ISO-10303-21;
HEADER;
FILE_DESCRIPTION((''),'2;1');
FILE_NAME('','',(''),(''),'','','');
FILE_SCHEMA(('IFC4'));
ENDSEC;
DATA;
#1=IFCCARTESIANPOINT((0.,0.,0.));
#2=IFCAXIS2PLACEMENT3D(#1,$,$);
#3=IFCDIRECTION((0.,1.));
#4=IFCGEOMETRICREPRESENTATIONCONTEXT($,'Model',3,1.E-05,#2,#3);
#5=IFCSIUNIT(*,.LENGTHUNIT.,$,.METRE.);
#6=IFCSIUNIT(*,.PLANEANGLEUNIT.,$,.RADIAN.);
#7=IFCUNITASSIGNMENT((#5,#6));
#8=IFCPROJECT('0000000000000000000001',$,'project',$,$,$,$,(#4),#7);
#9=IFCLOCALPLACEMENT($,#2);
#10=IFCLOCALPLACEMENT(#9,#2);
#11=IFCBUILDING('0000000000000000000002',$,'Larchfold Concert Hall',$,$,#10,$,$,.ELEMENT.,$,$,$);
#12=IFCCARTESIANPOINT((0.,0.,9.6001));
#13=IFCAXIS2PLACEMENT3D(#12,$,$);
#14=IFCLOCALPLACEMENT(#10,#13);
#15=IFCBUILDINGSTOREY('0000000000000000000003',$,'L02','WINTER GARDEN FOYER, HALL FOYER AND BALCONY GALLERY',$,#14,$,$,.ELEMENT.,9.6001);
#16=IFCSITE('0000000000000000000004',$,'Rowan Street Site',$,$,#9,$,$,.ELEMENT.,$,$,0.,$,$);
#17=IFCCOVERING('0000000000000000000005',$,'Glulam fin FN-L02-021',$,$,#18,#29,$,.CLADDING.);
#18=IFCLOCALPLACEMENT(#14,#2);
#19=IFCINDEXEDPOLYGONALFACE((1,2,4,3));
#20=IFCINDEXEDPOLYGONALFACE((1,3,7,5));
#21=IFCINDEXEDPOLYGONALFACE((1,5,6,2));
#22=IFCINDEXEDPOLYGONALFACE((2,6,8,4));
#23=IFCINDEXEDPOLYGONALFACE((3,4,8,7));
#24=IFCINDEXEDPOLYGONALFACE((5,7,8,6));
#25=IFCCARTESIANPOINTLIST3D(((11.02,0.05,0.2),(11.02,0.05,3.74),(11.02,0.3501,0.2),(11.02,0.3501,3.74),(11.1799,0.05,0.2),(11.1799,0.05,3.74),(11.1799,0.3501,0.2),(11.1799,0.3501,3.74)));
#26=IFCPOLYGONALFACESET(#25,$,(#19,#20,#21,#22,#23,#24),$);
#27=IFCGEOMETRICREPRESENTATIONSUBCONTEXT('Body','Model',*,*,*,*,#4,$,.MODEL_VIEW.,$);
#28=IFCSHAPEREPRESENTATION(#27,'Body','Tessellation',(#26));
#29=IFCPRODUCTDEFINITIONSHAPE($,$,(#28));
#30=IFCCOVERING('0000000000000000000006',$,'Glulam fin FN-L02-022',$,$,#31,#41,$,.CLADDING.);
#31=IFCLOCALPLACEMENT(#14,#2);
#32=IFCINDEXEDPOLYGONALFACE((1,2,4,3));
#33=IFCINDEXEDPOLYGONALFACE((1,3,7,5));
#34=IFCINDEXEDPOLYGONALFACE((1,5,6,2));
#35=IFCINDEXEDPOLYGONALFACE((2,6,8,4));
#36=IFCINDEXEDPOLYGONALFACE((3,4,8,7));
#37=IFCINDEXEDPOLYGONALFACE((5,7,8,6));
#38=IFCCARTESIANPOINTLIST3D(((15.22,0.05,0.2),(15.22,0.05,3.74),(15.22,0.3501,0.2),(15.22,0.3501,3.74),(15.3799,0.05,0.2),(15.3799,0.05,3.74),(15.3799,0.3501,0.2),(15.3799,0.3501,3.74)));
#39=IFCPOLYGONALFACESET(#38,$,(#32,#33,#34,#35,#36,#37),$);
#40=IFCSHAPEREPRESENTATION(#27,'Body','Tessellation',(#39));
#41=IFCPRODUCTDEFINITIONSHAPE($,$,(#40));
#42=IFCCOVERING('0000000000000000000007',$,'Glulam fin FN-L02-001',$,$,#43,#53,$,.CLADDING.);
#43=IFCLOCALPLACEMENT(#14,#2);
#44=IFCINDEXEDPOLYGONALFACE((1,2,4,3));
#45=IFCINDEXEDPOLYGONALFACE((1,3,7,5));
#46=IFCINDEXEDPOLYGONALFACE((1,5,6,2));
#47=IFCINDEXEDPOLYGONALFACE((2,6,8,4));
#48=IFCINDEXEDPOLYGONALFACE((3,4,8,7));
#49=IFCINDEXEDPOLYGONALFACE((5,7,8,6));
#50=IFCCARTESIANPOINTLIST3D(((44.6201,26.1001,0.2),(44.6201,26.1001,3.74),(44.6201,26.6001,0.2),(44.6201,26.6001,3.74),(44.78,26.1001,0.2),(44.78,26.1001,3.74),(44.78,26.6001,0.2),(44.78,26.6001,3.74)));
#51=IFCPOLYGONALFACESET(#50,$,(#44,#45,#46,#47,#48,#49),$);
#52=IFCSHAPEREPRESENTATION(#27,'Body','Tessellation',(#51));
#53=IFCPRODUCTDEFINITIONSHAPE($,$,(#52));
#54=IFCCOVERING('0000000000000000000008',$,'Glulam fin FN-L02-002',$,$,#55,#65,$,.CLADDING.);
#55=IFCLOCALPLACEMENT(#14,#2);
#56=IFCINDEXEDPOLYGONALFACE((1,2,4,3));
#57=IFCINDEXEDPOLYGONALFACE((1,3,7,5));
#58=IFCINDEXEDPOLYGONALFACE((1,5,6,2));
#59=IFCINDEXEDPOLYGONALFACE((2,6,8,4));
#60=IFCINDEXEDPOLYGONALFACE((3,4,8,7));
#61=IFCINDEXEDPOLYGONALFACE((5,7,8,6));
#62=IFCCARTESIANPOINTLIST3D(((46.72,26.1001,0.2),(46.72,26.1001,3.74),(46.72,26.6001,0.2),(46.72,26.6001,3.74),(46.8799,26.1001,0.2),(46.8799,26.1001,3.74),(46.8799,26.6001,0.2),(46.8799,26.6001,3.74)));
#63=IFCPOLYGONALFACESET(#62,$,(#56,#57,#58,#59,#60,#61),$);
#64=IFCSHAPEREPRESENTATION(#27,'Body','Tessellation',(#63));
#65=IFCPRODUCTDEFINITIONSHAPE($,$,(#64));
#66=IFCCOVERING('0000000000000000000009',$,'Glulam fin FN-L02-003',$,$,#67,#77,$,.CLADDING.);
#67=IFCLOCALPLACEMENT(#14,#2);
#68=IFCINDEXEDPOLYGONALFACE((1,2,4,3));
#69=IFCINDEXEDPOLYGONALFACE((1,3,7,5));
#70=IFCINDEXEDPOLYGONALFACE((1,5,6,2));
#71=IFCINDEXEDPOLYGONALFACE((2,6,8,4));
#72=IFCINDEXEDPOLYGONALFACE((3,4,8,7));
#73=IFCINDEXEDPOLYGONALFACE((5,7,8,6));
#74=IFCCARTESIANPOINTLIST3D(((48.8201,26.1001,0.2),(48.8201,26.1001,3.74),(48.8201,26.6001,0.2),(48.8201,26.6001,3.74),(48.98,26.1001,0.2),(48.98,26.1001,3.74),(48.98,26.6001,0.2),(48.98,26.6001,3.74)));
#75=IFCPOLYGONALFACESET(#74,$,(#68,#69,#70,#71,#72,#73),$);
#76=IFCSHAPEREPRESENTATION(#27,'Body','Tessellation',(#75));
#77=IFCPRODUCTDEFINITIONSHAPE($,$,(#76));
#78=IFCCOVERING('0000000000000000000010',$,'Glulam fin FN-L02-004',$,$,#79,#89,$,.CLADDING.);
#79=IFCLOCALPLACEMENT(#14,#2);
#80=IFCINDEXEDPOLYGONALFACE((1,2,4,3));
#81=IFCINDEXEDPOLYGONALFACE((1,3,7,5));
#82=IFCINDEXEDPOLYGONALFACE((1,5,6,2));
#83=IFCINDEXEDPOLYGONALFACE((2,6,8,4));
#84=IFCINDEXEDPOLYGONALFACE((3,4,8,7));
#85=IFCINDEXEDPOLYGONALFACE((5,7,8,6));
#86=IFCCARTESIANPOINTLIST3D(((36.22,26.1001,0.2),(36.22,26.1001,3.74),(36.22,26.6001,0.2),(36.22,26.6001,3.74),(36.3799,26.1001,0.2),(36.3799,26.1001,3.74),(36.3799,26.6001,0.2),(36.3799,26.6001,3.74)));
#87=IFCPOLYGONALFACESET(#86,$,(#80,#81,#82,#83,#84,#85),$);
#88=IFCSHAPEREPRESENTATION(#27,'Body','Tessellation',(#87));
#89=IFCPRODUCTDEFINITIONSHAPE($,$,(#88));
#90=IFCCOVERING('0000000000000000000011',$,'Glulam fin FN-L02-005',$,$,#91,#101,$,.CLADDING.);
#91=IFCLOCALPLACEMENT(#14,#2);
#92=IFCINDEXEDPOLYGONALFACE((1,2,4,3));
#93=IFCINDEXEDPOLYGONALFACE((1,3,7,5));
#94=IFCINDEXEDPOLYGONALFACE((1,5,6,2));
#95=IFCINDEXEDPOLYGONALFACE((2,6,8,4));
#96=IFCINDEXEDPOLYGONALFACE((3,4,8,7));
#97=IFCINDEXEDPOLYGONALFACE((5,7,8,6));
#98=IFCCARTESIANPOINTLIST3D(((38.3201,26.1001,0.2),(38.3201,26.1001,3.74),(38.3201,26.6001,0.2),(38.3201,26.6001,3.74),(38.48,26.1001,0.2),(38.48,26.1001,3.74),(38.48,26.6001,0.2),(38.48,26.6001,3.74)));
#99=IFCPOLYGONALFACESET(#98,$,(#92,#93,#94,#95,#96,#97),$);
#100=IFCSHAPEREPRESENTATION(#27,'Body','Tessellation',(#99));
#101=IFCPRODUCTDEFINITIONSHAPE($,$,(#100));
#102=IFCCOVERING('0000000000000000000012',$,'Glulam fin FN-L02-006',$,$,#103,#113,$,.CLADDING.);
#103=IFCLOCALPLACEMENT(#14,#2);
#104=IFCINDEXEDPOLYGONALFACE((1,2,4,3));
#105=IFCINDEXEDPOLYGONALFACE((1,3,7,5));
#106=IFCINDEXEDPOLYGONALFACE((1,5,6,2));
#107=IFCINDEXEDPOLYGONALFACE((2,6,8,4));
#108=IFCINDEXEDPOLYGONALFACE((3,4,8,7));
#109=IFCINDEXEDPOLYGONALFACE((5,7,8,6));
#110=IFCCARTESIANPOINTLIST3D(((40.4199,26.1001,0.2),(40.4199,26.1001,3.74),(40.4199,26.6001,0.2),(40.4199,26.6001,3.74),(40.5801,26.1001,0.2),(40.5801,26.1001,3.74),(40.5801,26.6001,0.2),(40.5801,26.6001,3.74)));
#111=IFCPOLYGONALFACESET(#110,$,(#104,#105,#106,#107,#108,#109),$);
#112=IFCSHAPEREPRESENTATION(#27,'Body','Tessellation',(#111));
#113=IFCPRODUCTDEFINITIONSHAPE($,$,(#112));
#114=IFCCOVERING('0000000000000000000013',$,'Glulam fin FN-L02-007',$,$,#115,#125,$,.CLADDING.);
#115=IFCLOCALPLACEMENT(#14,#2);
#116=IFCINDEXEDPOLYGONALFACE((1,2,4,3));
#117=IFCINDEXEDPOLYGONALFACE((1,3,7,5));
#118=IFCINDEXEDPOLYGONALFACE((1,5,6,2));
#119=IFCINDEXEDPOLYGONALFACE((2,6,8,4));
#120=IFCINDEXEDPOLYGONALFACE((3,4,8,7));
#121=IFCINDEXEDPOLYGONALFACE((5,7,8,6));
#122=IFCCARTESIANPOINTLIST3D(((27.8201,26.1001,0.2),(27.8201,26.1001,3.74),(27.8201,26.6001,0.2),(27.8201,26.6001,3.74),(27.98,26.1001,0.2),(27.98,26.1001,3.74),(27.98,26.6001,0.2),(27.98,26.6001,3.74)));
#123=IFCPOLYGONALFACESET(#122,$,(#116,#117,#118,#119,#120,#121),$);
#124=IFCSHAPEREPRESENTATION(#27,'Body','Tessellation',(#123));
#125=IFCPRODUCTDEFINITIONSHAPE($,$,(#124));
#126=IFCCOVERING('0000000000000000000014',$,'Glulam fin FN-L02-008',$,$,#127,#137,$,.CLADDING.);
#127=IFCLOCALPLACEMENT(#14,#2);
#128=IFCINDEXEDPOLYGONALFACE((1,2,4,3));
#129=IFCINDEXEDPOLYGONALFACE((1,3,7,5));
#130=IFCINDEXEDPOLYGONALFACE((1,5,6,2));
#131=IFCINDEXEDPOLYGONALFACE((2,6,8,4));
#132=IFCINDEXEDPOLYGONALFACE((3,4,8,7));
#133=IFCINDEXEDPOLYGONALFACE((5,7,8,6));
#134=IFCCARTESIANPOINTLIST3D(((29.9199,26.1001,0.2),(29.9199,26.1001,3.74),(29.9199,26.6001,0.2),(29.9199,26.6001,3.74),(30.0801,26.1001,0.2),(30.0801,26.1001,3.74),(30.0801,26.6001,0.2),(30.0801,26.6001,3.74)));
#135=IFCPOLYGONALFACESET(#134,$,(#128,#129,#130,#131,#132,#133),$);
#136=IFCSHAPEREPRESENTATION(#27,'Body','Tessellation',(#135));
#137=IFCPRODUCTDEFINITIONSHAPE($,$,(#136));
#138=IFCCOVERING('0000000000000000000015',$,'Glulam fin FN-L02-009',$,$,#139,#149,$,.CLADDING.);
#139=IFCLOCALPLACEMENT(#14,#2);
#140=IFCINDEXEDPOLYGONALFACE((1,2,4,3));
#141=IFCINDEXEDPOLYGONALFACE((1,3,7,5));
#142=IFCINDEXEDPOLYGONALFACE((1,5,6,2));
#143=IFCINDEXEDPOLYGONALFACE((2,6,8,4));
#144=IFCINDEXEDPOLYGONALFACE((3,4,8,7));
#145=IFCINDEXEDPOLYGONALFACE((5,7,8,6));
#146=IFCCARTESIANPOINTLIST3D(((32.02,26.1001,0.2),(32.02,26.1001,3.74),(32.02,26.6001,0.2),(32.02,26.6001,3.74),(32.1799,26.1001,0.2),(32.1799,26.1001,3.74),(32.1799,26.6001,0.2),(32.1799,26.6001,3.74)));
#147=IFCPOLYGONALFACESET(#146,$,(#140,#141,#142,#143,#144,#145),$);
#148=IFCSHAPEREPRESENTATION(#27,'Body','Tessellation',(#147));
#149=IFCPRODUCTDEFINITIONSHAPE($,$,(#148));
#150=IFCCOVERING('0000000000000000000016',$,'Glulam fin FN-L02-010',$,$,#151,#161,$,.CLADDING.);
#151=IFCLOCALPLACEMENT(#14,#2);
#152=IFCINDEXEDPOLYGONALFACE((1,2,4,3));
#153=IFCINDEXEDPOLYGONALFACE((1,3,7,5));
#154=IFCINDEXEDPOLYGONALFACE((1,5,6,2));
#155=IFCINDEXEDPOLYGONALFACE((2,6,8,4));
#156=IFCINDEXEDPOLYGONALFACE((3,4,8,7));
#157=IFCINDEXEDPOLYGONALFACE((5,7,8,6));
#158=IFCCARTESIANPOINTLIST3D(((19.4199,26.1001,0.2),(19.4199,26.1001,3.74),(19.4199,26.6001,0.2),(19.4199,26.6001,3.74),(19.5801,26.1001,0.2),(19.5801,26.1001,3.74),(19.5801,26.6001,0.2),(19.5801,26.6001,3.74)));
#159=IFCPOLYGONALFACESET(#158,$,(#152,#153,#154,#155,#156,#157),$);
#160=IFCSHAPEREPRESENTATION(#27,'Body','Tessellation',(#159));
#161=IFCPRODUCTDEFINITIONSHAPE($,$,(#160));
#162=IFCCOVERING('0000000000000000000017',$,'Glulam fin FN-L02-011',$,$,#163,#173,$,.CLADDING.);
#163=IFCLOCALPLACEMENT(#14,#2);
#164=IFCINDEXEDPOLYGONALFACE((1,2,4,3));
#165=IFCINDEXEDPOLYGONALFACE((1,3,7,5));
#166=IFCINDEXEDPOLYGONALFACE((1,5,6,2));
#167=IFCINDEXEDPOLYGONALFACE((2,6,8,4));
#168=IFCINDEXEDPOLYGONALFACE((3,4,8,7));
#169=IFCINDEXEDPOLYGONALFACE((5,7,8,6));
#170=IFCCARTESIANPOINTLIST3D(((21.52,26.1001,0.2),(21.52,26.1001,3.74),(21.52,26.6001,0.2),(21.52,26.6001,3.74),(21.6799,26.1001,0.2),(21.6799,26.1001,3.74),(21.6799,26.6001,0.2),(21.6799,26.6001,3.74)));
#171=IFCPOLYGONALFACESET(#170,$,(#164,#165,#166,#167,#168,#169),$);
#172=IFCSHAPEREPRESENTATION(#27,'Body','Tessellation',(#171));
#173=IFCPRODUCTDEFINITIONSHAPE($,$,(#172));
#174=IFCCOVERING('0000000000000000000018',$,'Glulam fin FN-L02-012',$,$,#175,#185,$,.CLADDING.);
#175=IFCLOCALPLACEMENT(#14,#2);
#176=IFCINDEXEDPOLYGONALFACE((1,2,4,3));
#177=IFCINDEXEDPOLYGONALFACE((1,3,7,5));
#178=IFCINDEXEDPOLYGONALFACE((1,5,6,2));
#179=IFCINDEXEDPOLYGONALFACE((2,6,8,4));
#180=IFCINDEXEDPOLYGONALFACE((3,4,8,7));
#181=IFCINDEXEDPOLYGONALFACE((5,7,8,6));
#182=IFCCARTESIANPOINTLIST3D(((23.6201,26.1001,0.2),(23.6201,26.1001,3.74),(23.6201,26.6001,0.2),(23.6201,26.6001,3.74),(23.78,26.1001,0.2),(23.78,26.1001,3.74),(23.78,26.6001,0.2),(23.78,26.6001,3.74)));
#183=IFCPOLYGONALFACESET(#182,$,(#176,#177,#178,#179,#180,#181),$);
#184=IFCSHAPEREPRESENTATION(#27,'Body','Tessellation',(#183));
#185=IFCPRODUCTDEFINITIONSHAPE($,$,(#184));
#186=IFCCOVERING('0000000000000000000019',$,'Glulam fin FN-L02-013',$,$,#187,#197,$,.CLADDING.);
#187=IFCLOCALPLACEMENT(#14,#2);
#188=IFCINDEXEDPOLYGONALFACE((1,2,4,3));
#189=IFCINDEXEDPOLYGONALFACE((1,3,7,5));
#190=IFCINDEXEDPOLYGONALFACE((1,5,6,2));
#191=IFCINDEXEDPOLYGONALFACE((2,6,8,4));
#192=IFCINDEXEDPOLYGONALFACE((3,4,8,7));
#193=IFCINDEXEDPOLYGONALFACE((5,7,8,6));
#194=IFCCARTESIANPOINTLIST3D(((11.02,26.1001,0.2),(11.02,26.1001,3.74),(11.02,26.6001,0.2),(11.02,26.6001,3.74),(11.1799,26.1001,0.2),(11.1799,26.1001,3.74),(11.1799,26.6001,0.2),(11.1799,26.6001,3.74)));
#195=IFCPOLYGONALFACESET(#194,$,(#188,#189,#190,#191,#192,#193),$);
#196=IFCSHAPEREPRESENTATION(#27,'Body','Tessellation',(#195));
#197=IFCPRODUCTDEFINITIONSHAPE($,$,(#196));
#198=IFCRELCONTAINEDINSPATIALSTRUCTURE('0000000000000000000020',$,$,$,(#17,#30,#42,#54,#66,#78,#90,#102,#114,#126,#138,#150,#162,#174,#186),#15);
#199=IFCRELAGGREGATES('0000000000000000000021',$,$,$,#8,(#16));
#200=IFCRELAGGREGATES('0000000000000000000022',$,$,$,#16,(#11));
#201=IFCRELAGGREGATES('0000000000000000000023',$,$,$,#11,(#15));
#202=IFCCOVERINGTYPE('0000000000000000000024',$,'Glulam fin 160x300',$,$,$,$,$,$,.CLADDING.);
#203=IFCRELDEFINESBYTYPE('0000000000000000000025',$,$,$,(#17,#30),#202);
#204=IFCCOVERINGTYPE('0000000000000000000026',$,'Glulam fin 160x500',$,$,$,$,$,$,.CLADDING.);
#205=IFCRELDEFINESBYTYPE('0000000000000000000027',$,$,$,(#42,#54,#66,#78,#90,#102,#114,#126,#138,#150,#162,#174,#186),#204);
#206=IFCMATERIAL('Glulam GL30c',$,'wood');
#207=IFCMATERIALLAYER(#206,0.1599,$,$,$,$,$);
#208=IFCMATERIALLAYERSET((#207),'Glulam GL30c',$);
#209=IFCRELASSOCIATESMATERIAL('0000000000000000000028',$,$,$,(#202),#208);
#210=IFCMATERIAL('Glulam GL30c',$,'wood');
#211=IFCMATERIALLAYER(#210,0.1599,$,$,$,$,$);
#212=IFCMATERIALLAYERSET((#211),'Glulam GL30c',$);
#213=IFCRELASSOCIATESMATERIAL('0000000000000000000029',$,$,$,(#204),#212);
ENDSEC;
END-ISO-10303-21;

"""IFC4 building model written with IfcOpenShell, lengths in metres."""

from ifc_helpers import new_model, si_unit, direction, frame, origin, place, context, subcontext, project, spatial, polyline, outline, extrude, material, layer, layer_set, type_object, element, save


model = new_model("IFC4")

# Units and contexts
model_context = context("Model", 3, precision=1e-05, world=origin(), true_north=direction((0.0, 1.0)))
body_context = subcontext(model_context, "Body", "Model", "MODEL_VIEW")
ifc_project = project(units=[si_unit("LENGTHUNIT", "METRE"), si_unit("PLANEANGLEUNIT", "RADIAN")], contexts=[model_context])

# Site, building, storey
site_placement = place(None, origin())
site = spatial("IfcSite", under=ifc_project, at=site_placement, Name="Rowan Street Site", CompositionType="ELEMENT", RefElevation=0.0)
building_placement = place(site_placement, origin())
building = spatial("IfcBuilding", under=site, at=building_placement, Name="Larchfold Concert Hall", CompositionType="ELEMENT")
storey_placement = place(building_placement, frame((0.0, 0.0, 9.6001)))
storey = spatial("IfcBuildingStorey", under=building, at=storey_placement, Name="L02", Description="WINTER GARDEN FOYER, HALL FOYER AND BALCONY GALLERY", CompositionType="ELEMENT", Elevation=9.6001)

# Coverings
ifc_material_1 = material(Name="Glulam GL30c", Category="wood")
ifc_layer_1 = layer(ifc_material_1, 0.1599)
ifc_layer_set_1 = layer_set([ifc_layer_1], Name="Glulam GL30c")
covering_type_1 = type_object("IfcCoveringType", Name="Glulam fin 160x300", PredefinedType="CLADDING", material=ifc_layer_set_1)
covering_1_placement = place(storey_placement, frame((0.0, 0.0, 0.2)))
element("IfcCovering", 1, at=covering_1_placement, inside=storey, type_object=covering_type_1, Name="Glulam fin FN-L02-021", PredefinedType="CLADDING", context=body_context, shape_type="SweptSolid", body=[
    extrude(outline(polyline([(11.1799, 0.05), (11.1799, 0.3501), (11.02, 0.3501), (11.02, 0.05), (11.1799, 0.05)])), origin(), (0.0, 0.0, 1.0), 3.54),
])
covering_2_placement = place(storey_placement, frame((0.0, 0.0, 0.2)))
element("IfcCovering", 2, at=covering_2_placement, inside=storey, type_object=covering_type_1, Name="Glulam fin FN-L02-022", PredefinedType="CLADDING", context=body_context, shape_type="SweptSolid", body=[
    extrude(outline(polyline([(15.3799, 0.05), (15.3799, 0.3501), (15.22, 0.3501), (15.22, 0.05), (15.3799, 0.05)])), origin(), (0.0, 0.0, 1.0), 3.54),
])
ifc_material_2 = material(Name="Glulam GL30c", Category="wood")
ifc_layer_2 = layer(ifc_material_2, 0.1599)
ifc_layer_set_2 = layer_set([ifc_layer_2], Name="Glulam GL30c")
covering_type_2 = type_object("IfcCoveringType", Name="Glulam fin 160x500", PredefinedType="CLADDING", material=ifc_layer_set_2)
covering_3_placement = place(storey_placement, frame((0.0, 0.0, 0.2)))
element("IfcCovering", 3, at=covering_3_placement, inside=storey, type_object=covering_type_2, Name="Glulam fin FN-L02-001", PredefinedType="CLADDING", context=body_context, shape_type="SweptSolid", body=[
    extrude(outline(polyline([(44.78, 26.1001), (44.78, 26.6001), (44.6201, 26.6001), (44.6201, 26.1001), (44.78, 26.1001)])), origin(), (0.0, 0.0, 1.0), 3.54),
])
covering_4_placement = place(storey_placement, frame((0.0, 0.0, 0.2)))
element("IfcCovering", 4, at=covering_4_placement, inside=storey, type_object=covering_type_2, Name="Glulam fin FN-L02-002", PredefinedType="CLADDING", context=body_context, shape_type="SweptSolid", body=[
    extrude(outline(polyline([(46.8799, 26.1001), (46.8799, 26.6001), (46.72, 26.6001), (46.72, 26.1001), (46.8799, 26.1001)])), origin(), (0.0, 0.0, 1.0), 3.54),
])
covering_5_placement = place(storey_placement, frame((0.0, 0.0, 0.2)))
element("IfcCovering", 5, at=covering_5_placement, inside=storey, type_object=covering_type_2, Name="Glulam fin FN-L02-003", PredefinedType="CLADDING", context=body_context, shape_type="SweptSolid", body=[
    extrude(outline(polyline([(48.98, 26.1001), (48.98, 26.6001), (48.8201, 26.6001), (48.8201, 26.1001), (48.98, 26.1001)])), origin(), (0.0, 0.0, 1.0), 3.54),
])
covering_6_placement = place(storey_placement, frame((0.0, 0.0, 0.2)))
element("IfcCovering", 6, at=covering_6_placement, inside=storey, type_object=covering_type_2, Name="Glulam fin FN-L02-004", PredefinedType="CLADDING", context=body_context, shape_type="SweptSolid", body=[
    extrude(outline(polyline([(36.3799, 26.1001), (36.3799, 26.6001), (36.22, 26.6001), (36.22, 26.1001), (36.3799, 26.1001)])), origin(), (0.0, 0.0, 1.0), 3.54),
])
covering_7_placement = place(storey_placement, frame((0.0, 0.0, 0.2)))
element("IfcCovering", 7, at=covering_7_placement, inside=storey, type_object=covering_type_2, Name="Glulam fin FN-L02-005", PredefinedType="CLADDING", context=body_context, shape_type="SweptSolid", body=[
    extrude(outline(polyline([(38.48, 26.1001), (38.48, 26.6001), (38.3201, 26.6001), (38.3201, 26.1001), (38.48, 26.1001)])), origin(), (0.0, 0.0, 1.0), 3.54),
])
covering_8_placement = place(storey_placement, frame((0.0, 0.0, 0.2)))
element("IfcCovering", 8, at=covering_8_placement, inside=storey, type_object=covering_type_2, Name="Glulam fin FN-L02-006", PredefinedType="CLADDING", context=body_context, shape_type="SweptSolid", body=[
    extrude(outline(polyline([(40.5801, 26.1001), (40.5801, 26.6001), (40.4199, 26.6001), (40.4199, 26.1001), (40.5801, 26.1001)])), origin(), (0.0, 0.0, 1.0), 3.54),
])
covering_9_placement = place(storey_placement, frame((0.0, 0.0, 0.2)))
element("IfcCovering", 9, at=covering_9_placement, inside=storey, type_object=covering_type_2, Name="Glulam fin FN-L02-007", PredefinedType="CLADDING", context=body_context, shape_type="SweptSolid", body=[
    extrude(outline(polyline([(27.98, 26.1001), (27.98, 26.6001), (27.8201, 26.6001), (27.8201, 26.1001), (27.98, 26.1001)])), origin(), (0.0, 0.0, 1.0), 3.54),
])
covering_10_placement = place(storey_placement, frame((0.0, 0.0, 0.2)))
element("IfcCovering", 10, at=covering_10_placement, inside=storey, type_object=covering_type_2, Name="Glulam fin FN-L02-008", PredefinedType="CLADDING", context=body_context, shape_type="SweptSolid", body=[
    extrude(outline(polyline([(30.0801, 26.1001), (30.0801, 26.6001), (29.9199, 26.6001), (29.9199, 26.1001), (30.0801, 26.1001)])), origin(), (0.0, 0.0, 1.0), 3.54),
])
covering_11_placement = place(storey_placement, frame((0.0, 0.0, 0.2)))
element("IfcCovering", 11, at=covering_11_placement, inside=storey, type_object=covering_type_2, Name="Glulam fin FN-L02-009", PredefinedType="CLADDING", context=body_context, shape_type="SweptSolid", body=[
    extrude(outline(polyline([(32.1799, 26.1001), (32.1799, 26.6001), (32.02, 26.6001), (32.02, 26.1001), (32.1799, 26.1001)])), origin(), (0.0, 0.0, 1.0), 3.54),
])
covering_12_placement = place(storey_placement, frame((0.0, 0.0, 0.2)))
element("IfcCovering", 12, at=covering_12_placement, inside=storey, type_object=covering_type_2, Name="Glulam fin FN-L02-010", PredefinedType="CLADDING", context=body_context, shape_type="SweptSolid", body=[
    extrude(outline(polyline([(19.5801, 26.1001), (19.5801, 26.6001), (19.4199, 26.6001), (19.4199, 26.1001), (19.5801, 26.1001)])), origin(), (0.0, 0.0, 1.0), 3.54),
])
covering_13_placement = place(storey_placement, frame((0.0, 0.0, 0.2)))
element("IfcCovering", 13, at=covering_13_placement, inside=storey, type_object=covering_type_2, Name="Glulam fin FN-L02-011", PredefinedType="CLADDING", context=body_context, shape_type="SweptSolid", body=[
    extrude(outline(polyline([(21.6799, 26.1001), (21.6799, 26.6001), (21.52, 26.6001), (21.52, 26.1001), (21.6799, 26.1001)])), origin(), (0.0, 0.0, 1.0), 3.54),
])
covering_14_placement = place(storey_placement, frame((0.0, 0.0, 0.2)))
element("IfcCovering", 14, at=covering_14_placement, inside=storey, type_object=covering_type_2, Name="Glulam fin FN-L02-012", PredefinedType="CLADDING", context=body_context, shape_type="SweptSolid", body=[
    extrude(outline(polyline([(23.78, 26.1001), (23.78, 26.6001), (23.6201, 26.6001), (23.6201, 26.1001), (23.78, 26.1001)])), origin(), (0.0, 0.0, 1.0), 3.54),
])
covering_15_placement = place(storey_placement, frame((0.0, 0.0, 0.2)))
element("IfcCovering", 15, at=covering_15_placement, inside=storey, type_object=covering_type_2, Name="Glulam fin FN-L02-013", PredefinedType="CLADDING", context=body_context, shape_type="SweptSolid", body=[
    extrude(outline(polyline([(11.1799, 26.1001), (11.1799, 26.6001), (11.02, 26.6001), (11.02, 26.1001), (11.1799, 26.1001)])), origin(), (0.0, 0.0, 1.0), 3.54),
])

save(model, "model.ifc")
